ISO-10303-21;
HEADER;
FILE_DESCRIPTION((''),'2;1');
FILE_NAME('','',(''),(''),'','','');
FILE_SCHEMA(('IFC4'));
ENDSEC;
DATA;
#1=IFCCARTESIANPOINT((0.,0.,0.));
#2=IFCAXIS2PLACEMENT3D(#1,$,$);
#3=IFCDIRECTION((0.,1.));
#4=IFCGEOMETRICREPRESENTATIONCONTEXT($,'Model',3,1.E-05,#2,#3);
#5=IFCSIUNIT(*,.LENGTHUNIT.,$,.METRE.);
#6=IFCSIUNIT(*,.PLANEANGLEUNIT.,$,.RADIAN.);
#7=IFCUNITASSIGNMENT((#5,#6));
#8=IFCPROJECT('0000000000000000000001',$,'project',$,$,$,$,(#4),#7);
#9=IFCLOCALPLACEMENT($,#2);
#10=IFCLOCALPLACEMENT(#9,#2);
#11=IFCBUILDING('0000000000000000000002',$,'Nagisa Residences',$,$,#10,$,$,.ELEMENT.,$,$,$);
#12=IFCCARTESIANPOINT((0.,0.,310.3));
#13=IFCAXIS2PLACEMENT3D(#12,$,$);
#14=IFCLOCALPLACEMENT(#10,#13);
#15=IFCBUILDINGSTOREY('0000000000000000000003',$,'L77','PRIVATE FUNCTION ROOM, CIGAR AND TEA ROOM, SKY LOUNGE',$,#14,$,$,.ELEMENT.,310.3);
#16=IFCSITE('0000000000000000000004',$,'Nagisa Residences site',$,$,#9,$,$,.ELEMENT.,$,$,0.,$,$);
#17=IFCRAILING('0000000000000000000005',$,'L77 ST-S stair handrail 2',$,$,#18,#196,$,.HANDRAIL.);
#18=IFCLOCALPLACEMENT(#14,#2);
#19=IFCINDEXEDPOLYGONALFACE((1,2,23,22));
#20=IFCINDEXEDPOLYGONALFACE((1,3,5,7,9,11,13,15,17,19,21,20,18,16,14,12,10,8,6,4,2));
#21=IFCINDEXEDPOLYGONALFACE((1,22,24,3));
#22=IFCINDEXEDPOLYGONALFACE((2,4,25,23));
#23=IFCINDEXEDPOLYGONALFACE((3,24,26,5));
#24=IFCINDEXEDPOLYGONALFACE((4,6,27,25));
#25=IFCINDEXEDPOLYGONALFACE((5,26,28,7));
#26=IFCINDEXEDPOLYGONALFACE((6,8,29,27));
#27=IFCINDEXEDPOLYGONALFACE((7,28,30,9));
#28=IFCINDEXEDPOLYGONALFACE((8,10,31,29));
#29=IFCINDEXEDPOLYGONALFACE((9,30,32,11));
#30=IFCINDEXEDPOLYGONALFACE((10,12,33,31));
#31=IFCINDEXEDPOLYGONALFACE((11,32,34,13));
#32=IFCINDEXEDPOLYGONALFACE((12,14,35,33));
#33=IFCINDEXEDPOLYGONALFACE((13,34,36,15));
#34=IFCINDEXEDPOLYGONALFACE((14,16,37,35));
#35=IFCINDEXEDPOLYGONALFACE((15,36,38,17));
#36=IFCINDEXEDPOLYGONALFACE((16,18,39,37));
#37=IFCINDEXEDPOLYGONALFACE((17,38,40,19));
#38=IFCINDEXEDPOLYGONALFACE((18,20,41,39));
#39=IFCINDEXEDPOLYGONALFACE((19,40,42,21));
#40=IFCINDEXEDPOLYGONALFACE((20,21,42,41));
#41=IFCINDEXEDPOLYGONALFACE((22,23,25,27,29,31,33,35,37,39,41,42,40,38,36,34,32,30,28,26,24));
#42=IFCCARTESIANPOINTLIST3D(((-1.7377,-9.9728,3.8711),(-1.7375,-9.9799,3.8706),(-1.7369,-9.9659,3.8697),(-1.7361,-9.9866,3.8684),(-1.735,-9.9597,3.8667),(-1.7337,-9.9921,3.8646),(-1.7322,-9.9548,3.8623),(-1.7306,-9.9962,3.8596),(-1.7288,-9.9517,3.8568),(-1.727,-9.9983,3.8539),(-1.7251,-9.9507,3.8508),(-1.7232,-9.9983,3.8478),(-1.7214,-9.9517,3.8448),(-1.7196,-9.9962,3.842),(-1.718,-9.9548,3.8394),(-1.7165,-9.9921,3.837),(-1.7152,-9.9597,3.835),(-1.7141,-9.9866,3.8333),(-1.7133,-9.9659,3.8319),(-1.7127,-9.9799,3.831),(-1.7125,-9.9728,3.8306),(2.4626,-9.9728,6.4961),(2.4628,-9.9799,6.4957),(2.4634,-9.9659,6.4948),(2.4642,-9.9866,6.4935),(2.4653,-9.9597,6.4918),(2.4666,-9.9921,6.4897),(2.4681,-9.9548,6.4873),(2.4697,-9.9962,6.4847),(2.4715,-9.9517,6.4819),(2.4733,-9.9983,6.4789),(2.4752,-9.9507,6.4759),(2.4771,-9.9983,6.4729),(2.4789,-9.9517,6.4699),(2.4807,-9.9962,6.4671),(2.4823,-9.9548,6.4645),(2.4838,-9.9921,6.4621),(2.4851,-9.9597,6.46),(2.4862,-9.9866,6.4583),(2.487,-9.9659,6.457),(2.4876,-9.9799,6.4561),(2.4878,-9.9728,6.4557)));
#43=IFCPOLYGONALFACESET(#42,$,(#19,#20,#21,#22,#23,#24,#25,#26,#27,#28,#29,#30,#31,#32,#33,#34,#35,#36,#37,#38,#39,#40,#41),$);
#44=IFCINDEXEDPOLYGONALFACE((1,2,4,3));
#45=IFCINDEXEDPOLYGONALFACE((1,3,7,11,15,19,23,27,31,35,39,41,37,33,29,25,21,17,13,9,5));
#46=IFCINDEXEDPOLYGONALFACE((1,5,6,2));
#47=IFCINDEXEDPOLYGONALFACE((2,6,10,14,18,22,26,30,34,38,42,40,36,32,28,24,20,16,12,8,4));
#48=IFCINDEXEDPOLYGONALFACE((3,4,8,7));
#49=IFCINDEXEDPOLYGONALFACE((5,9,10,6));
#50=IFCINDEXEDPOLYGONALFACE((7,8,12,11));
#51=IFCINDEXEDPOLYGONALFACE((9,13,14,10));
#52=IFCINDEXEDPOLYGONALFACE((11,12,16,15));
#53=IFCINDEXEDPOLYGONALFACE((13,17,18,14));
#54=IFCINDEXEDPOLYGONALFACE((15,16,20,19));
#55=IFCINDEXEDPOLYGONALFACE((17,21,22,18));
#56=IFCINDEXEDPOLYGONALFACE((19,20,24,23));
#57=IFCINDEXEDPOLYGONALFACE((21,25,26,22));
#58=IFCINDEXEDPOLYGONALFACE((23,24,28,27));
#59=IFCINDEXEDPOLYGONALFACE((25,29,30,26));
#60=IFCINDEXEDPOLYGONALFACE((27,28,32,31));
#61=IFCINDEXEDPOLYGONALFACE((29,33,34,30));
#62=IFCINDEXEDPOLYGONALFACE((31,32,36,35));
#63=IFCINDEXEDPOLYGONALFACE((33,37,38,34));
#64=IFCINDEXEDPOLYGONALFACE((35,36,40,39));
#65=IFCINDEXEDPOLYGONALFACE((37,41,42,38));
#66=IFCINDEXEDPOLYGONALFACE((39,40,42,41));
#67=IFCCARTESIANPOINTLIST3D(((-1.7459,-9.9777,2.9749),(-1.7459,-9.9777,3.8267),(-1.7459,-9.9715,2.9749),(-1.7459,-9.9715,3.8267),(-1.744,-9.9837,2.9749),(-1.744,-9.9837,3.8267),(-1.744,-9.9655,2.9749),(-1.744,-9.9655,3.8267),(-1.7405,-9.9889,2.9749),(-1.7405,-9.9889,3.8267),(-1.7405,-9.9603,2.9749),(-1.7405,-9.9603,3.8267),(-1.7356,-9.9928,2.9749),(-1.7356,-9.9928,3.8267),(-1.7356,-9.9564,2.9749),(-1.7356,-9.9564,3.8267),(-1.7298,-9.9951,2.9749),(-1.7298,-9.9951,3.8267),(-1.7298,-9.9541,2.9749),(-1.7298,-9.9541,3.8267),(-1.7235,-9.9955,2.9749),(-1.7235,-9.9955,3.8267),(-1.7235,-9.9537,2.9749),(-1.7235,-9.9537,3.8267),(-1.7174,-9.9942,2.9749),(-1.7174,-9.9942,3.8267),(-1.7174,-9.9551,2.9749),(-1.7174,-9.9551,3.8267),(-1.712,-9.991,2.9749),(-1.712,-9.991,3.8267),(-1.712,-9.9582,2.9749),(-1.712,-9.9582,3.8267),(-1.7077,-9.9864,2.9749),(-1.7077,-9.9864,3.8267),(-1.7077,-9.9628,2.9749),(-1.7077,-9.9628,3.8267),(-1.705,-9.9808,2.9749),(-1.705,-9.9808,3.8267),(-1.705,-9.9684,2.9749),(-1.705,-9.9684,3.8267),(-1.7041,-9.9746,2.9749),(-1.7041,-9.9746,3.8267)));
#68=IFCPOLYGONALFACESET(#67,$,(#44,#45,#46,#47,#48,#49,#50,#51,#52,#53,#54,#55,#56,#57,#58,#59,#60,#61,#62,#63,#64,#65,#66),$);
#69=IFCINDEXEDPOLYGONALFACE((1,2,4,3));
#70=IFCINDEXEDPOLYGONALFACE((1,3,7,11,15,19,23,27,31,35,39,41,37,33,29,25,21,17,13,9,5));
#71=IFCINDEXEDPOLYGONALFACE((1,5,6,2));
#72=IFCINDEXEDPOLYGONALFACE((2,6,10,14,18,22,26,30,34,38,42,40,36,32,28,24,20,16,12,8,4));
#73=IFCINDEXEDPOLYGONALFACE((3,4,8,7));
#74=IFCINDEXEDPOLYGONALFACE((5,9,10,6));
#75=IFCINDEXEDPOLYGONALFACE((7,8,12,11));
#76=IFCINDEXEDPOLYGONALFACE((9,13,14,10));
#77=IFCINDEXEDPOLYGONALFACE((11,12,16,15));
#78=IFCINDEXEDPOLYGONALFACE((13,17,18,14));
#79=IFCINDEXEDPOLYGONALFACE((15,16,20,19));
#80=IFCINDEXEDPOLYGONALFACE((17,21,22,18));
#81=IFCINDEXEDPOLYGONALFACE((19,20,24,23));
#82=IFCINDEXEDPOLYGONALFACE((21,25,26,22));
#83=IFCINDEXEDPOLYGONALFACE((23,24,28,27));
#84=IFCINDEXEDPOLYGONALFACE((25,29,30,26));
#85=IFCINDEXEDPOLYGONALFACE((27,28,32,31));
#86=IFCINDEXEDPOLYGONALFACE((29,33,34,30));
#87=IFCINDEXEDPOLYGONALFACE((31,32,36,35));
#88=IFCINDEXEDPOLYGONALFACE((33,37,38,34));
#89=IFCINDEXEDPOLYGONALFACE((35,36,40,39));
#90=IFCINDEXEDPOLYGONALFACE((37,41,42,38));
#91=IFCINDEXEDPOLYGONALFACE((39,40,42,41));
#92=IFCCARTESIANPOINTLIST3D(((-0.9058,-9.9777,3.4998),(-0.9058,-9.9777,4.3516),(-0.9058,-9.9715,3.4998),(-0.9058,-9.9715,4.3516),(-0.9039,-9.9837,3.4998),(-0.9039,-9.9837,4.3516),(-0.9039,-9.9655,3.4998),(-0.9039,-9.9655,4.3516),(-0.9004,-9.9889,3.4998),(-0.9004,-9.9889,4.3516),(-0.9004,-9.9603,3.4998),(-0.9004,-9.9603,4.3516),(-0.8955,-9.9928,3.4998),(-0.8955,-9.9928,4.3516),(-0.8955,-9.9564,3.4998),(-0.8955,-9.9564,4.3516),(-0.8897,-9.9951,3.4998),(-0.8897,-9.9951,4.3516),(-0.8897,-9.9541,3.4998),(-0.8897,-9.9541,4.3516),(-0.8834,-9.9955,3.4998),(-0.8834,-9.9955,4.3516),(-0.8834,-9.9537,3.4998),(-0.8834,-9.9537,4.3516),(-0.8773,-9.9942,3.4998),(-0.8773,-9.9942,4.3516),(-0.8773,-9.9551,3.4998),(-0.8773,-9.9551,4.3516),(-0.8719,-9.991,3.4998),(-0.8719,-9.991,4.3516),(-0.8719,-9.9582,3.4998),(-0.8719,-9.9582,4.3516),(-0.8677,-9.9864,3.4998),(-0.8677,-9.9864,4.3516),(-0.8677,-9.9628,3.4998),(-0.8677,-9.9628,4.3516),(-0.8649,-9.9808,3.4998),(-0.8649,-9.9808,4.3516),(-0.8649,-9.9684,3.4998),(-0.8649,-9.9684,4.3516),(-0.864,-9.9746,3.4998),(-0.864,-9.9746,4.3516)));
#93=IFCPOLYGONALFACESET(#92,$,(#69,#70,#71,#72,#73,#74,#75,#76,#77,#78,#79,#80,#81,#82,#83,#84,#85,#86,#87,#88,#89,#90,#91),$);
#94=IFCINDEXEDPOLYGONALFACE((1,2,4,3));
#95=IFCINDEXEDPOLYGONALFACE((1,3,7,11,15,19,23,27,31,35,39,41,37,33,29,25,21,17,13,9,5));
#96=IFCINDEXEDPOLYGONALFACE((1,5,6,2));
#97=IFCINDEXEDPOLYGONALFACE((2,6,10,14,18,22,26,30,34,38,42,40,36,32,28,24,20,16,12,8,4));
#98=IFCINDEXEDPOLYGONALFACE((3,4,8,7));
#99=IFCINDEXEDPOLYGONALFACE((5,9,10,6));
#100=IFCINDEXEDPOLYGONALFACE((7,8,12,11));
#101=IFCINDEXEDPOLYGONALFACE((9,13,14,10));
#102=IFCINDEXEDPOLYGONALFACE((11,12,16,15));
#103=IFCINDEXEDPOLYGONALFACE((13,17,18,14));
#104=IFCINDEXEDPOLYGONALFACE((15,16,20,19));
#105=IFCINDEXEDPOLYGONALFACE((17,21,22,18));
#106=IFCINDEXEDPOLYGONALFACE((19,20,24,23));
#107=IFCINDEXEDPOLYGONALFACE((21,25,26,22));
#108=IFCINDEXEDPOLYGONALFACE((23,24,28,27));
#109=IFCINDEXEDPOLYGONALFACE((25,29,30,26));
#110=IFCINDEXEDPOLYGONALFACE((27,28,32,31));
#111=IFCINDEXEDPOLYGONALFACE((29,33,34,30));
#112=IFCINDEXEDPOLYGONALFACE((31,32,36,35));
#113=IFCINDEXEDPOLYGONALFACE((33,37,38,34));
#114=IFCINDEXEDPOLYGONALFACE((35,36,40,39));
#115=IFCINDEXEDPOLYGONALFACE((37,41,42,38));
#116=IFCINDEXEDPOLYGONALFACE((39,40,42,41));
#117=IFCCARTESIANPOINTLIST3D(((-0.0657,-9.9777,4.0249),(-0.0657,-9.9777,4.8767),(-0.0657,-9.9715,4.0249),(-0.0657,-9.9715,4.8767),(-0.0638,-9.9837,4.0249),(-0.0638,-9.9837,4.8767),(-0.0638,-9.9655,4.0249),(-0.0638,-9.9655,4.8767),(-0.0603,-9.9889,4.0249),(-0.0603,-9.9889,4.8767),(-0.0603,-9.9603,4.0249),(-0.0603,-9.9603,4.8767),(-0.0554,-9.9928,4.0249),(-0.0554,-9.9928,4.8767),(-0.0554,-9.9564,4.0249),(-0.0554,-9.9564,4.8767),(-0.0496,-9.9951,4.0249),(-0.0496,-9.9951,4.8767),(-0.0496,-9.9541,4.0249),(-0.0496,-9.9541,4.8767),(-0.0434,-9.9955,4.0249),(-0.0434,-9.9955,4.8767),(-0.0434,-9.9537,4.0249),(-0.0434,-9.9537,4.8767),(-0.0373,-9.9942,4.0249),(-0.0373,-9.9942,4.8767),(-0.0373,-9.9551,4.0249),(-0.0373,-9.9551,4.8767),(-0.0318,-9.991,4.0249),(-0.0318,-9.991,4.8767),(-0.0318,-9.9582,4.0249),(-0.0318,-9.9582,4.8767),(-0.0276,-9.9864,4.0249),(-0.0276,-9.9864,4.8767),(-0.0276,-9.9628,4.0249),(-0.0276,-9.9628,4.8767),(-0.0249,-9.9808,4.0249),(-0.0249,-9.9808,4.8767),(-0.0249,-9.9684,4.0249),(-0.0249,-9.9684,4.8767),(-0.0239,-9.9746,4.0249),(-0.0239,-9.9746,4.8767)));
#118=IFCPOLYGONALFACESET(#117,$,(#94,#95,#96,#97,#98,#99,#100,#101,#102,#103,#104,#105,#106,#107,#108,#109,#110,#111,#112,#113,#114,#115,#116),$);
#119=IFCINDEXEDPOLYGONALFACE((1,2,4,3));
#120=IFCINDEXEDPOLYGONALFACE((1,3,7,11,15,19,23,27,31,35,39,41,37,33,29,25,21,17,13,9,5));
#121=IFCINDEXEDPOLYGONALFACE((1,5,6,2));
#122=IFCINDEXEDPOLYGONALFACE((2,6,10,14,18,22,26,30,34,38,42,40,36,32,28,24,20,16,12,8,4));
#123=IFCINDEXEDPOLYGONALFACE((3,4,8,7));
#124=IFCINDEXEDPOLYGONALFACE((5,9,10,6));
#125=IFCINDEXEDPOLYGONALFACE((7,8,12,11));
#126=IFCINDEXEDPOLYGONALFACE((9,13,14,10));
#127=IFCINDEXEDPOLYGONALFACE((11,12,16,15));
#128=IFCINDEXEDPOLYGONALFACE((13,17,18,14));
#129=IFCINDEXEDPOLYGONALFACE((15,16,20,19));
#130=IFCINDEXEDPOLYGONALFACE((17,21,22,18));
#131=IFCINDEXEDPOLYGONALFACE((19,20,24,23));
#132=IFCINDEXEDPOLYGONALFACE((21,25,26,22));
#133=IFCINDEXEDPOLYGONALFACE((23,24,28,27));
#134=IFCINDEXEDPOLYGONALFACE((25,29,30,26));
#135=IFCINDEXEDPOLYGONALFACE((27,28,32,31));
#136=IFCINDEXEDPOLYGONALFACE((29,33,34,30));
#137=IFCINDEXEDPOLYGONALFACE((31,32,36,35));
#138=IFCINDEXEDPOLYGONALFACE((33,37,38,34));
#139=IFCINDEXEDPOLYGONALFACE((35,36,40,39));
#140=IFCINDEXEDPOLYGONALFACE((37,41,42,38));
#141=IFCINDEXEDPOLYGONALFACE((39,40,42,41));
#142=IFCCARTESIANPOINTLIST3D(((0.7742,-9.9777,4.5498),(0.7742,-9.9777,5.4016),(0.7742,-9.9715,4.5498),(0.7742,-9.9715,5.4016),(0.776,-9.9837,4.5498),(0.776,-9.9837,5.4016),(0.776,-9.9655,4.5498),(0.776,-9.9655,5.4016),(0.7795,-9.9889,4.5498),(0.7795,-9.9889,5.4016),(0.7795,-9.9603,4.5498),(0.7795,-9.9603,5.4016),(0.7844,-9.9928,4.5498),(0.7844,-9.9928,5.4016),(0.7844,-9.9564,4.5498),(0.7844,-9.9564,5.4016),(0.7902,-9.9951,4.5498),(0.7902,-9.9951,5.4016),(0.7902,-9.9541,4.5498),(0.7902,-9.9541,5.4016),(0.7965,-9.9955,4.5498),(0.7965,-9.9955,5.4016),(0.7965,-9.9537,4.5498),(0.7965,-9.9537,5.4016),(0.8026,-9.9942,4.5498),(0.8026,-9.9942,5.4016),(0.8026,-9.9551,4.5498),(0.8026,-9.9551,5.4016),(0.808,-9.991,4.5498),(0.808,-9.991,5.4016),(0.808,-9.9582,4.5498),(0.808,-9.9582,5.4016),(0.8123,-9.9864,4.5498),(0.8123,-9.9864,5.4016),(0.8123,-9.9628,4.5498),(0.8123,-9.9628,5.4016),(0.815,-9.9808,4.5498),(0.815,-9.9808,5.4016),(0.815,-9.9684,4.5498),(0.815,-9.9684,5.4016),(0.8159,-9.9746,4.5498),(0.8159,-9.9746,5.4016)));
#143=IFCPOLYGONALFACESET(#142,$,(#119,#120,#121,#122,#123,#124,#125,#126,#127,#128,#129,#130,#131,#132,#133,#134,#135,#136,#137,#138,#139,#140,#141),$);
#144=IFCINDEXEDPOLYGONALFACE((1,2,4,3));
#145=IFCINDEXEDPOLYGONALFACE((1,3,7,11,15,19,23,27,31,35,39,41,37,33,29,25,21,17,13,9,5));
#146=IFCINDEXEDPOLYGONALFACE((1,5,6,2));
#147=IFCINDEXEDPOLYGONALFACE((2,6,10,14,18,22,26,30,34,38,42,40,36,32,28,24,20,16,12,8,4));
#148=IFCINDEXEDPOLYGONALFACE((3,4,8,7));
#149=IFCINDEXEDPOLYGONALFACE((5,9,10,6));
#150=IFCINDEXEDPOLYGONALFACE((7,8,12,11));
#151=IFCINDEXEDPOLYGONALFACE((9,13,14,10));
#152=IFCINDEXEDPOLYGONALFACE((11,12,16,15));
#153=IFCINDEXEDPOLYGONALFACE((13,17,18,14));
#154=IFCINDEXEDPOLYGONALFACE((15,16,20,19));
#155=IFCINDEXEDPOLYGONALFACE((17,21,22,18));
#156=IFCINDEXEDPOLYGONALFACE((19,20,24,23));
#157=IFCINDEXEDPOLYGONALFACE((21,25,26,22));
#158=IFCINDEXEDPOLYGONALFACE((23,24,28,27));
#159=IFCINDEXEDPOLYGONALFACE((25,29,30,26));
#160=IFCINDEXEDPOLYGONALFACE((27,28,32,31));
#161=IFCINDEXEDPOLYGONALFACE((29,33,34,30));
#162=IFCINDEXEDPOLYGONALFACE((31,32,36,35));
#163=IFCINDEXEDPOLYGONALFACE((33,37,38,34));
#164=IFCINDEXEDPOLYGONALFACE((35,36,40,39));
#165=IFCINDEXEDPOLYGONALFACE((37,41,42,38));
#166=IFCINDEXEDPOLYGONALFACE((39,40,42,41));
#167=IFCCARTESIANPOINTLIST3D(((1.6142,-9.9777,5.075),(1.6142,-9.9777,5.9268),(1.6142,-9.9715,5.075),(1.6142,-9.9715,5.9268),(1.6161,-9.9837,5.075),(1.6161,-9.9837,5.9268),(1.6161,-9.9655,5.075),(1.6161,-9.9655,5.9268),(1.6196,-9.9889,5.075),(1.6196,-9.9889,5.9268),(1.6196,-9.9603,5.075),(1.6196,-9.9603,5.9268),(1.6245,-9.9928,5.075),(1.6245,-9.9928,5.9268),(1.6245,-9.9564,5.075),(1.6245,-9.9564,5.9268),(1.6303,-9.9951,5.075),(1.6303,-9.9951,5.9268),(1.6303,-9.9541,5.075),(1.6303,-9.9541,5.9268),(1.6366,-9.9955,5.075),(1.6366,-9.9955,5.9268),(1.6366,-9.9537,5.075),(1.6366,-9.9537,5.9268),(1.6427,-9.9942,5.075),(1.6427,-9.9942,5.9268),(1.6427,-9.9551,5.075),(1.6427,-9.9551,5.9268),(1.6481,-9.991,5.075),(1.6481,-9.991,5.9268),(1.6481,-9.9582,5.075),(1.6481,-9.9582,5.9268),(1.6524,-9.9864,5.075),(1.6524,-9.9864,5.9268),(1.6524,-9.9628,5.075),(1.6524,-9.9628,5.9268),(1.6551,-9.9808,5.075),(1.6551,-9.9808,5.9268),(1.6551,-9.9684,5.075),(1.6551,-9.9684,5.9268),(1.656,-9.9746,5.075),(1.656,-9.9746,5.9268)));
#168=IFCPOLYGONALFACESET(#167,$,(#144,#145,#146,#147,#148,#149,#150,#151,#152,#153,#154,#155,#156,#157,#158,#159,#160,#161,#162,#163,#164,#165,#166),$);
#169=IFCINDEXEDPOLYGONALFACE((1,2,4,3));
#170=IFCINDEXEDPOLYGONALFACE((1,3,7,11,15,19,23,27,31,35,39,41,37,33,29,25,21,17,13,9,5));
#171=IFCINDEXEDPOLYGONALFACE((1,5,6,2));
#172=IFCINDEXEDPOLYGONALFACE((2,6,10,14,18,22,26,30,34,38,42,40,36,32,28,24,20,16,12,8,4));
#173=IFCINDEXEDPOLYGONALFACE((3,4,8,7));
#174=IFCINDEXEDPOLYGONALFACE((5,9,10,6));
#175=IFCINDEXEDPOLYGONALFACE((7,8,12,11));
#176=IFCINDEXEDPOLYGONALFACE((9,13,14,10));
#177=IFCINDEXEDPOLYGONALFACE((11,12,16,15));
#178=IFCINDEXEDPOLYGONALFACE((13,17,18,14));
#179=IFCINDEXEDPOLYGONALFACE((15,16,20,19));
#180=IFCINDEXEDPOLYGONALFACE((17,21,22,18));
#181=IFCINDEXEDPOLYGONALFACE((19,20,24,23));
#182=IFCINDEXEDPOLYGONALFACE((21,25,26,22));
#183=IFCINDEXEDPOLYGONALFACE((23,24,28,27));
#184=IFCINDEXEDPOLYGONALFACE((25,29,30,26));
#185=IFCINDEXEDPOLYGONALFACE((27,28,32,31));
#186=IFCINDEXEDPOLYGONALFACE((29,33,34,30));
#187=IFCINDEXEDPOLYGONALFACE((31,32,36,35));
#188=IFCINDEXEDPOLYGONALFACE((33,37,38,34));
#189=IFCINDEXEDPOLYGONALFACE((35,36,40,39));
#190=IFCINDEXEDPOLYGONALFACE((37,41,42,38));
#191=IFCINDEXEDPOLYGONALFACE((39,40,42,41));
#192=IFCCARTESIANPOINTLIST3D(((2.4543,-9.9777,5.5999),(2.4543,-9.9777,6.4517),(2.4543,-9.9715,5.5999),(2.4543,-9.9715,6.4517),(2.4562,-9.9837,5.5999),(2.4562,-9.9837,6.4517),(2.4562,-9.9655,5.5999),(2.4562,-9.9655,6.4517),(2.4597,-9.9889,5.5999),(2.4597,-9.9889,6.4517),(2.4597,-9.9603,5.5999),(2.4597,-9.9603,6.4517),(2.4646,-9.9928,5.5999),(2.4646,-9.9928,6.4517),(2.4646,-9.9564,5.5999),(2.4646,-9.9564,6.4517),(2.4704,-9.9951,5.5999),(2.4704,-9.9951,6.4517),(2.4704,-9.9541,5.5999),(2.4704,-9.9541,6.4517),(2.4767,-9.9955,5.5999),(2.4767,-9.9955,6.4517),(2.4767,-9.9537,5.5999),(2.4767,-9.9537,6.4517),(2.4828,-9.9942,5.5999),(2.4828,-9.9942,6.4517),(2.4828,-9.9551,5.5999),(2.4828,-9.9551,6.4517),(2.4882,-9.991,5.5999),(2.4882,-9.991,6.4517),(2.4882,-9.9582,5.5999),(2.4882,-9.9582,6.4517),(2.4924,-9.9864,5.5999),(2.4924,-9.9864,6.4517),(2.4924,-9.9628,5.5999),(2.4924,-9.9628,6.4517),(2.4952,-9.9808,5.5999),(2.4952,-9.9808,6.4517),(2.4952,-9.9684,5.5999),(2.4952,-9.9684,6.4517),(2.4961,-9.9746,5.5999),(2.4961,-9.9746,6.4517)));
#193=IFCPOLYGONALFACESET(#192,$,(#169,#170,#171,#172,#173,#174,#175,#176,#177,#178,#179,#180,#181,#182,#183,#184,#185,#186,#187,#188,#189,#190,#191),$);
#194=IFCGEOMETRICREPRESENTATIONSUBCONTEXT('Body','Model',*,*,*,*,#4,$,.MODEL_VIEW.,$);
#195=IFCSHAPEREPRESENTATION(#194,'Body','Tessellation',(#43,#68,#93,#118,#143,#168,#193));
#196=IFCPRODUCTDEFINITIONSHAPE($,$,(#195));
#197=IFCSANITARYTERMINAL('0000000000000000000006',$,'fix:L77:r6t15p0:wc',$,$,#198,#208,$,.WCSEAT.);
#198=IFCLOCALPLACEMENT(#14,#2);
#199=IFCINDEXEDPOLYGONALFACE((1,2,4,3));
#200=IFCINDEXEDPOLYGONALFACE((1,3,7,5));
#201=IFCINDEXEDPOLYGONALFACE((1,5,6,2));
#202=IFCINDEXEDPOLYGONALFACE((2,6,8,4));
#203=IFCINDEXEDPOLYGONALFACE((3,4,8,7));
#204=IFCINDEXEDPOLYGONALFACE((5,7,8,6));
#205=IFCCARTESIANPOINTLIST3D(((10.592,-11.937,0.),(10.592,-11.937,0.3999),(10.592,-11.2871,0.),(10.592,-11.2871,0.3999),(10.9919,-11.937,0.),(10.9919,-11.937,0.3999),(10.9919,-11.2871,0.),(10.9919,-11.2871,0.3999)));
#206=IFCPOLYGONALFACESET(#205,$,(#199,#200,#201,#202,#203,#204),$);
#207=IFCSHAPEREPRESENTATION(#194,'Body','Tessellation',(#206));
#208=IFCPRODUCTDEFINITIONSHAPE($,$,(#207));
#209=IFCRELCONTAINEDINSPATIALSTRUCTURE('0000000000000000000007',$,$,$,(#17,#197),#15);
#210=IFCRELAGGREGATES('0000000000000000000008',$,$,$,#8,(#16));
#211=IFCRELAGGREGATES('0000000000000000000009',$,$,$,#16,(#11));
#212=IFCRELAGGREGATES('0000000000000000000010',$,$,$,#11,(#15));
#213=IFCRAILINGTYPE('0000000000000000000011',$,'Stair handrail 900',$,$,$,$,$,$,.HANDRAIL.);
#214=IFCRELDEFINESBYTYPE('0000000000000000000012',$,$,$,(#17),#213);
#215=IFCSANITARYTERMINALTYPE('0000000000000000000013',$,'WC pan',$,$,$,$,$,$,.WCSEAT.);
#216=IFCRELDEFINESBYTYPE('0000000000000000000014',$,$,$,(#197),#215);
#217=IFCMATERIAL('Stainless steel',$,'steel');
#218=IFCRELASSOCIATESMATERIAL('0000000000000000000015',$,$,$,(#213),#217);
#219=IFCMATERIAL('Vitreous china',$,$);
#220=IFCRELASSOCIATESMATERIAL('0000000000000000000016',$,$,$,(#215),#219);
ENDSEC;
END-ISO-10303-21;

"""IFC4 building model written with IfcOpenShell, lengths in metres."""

from ifc_helpers import new_model, si_unit, direction, frame, origin, origin_2d, place, context, subcontext, project, spatial, rectangle, circle, extrude, material, type_object, element, save


model = new_model("IFC4")

# Units and contexts
model_context = context("Model", 3, precision=1e-05, world=origin(), true_north=direction((0.0, 1.0)))
body_context = subcontext(model_context, "Body", "Model", "MODEL_VIEW")
ifc_project = project(units=[si_unit("LENGTHUNIT", "METRE"), si_unit("PLANEANGLEUNIT", "RADIAN")], contexts=[model_context])

# Site, building, storey
site_placement = place(None, origin())
site = spatial("IfcSite", under=ifc_project, at=site_placement, Name="Nagisa Residences site", CompositionType="ELEMENT", RefElevation=0.0)
building_placement = place(site_placement, origin())
building = spatial("IfcBuilding", under=site, at=building_placement, Name="Nagisa Residences", CompositionType="ELEMENT")
storey_placement = place(building_placement, frame((0.0, 0.0, 310.3)))
storey = spatial("IfcBuildingStorey", under=building, at=storey_placement, Name="L77", Description="PRIVATE FUNCTION ROOM, CIGAR AND TEA ROOM, SKY LOUNGE", CompositionType="ELEMENT", Elevation=310.3)

# Railing
ifc_material_1 = material(Name="Stainless steel", Category="steel")
railing_type_1 = type_object("IfcRailingType", Name="Stair handrail 900", PredefinedType="HANDRAIL", material=ifc_material_1)
railing_1_placement = place(storey_placement, frame((-1.7251, -9.9746, 2.9749)))
element("IfcRailing", 1, at=railing_1_placement, inside=storey, type_object=railing_type_1, Name="L77 ST-S stair handrail 2", PredefinedType="HANDRAIL", context=body_context, shape_type="SweptSolid", body=[
    extrude(circle(Radius=0.0239, at=origin_2d()), frame((0.0, 0.0, 0.876), z_axis=(0.848009, 0.0, 0.529981), x_axis=(0.0, 1.0, 0.0)), (0.0, 0.0, 1.0), 4.9531),
    extrude(circle(Radius=0.021, at=origin_2d()), origin(), (0.0, 0.0, 1.0), 0.8518),
    extrude(circle(Radius=0.021, at=origin_2d()), frame((0.8401, 0.0, 0.5249)), (0.0, 0.0, 1.0), 0.8518),
    extrude(circle(Radius=0.021, at=origin_2d()), frame((1.6802, 0.0, 1.05)), (0.0, 0.0, 1.0), 0.8518),
    extrude(circle(Radius=0.021, at=origin_2d()), frame((2.52, 0.0, 1.575)), (0.0, 0.0, 1.0), 0.8518),
    extrude(circle(Radius=0.021, at=origin_2d()), frame((3.3601, 0.0, 2.1001)), (0.0, 0.0, 1.0), 0.8518),
    extrude(circle(Radius=0.021, at=origin_2d()), frame((4.2002, 0.0, 2.625)), (0.0, 0.0, 1.0), 0.8518),
])

# Sanitary terminal
ifc_material_2 = material(Name="Vitreous china")
sanitary_terminal_type_1 = type_object("IfcSanitaryTerminalType", Name="WC pan", PredefinedType="WCSEAT", material=ifc_material_2)
sanitary_terminal_1_placement = place(storey_placement, frame((10.792, -11.6121, 0.0), z_axis=(0.0, 0.0, 1.0), x_axis=(1.0, 0.0, 0.0)))
element("IfcSanitaryTerminal", 2, at=sanitary_terminal_1_placement, inside=storey, type_object=sanitary_terminal_type_1, Name="fix:L77:r6t15p0:wc", PredefinedType="WCSEAT", context=body_context, shape_type="SweptSolid", body=[
    extrude(rectangle(XDim=0.3999, YDim=0.6499, at=origin_2d()), origin(), (0.0, 0.0, 1.0), 0.3999),
])

save(model, "model.ifc")
